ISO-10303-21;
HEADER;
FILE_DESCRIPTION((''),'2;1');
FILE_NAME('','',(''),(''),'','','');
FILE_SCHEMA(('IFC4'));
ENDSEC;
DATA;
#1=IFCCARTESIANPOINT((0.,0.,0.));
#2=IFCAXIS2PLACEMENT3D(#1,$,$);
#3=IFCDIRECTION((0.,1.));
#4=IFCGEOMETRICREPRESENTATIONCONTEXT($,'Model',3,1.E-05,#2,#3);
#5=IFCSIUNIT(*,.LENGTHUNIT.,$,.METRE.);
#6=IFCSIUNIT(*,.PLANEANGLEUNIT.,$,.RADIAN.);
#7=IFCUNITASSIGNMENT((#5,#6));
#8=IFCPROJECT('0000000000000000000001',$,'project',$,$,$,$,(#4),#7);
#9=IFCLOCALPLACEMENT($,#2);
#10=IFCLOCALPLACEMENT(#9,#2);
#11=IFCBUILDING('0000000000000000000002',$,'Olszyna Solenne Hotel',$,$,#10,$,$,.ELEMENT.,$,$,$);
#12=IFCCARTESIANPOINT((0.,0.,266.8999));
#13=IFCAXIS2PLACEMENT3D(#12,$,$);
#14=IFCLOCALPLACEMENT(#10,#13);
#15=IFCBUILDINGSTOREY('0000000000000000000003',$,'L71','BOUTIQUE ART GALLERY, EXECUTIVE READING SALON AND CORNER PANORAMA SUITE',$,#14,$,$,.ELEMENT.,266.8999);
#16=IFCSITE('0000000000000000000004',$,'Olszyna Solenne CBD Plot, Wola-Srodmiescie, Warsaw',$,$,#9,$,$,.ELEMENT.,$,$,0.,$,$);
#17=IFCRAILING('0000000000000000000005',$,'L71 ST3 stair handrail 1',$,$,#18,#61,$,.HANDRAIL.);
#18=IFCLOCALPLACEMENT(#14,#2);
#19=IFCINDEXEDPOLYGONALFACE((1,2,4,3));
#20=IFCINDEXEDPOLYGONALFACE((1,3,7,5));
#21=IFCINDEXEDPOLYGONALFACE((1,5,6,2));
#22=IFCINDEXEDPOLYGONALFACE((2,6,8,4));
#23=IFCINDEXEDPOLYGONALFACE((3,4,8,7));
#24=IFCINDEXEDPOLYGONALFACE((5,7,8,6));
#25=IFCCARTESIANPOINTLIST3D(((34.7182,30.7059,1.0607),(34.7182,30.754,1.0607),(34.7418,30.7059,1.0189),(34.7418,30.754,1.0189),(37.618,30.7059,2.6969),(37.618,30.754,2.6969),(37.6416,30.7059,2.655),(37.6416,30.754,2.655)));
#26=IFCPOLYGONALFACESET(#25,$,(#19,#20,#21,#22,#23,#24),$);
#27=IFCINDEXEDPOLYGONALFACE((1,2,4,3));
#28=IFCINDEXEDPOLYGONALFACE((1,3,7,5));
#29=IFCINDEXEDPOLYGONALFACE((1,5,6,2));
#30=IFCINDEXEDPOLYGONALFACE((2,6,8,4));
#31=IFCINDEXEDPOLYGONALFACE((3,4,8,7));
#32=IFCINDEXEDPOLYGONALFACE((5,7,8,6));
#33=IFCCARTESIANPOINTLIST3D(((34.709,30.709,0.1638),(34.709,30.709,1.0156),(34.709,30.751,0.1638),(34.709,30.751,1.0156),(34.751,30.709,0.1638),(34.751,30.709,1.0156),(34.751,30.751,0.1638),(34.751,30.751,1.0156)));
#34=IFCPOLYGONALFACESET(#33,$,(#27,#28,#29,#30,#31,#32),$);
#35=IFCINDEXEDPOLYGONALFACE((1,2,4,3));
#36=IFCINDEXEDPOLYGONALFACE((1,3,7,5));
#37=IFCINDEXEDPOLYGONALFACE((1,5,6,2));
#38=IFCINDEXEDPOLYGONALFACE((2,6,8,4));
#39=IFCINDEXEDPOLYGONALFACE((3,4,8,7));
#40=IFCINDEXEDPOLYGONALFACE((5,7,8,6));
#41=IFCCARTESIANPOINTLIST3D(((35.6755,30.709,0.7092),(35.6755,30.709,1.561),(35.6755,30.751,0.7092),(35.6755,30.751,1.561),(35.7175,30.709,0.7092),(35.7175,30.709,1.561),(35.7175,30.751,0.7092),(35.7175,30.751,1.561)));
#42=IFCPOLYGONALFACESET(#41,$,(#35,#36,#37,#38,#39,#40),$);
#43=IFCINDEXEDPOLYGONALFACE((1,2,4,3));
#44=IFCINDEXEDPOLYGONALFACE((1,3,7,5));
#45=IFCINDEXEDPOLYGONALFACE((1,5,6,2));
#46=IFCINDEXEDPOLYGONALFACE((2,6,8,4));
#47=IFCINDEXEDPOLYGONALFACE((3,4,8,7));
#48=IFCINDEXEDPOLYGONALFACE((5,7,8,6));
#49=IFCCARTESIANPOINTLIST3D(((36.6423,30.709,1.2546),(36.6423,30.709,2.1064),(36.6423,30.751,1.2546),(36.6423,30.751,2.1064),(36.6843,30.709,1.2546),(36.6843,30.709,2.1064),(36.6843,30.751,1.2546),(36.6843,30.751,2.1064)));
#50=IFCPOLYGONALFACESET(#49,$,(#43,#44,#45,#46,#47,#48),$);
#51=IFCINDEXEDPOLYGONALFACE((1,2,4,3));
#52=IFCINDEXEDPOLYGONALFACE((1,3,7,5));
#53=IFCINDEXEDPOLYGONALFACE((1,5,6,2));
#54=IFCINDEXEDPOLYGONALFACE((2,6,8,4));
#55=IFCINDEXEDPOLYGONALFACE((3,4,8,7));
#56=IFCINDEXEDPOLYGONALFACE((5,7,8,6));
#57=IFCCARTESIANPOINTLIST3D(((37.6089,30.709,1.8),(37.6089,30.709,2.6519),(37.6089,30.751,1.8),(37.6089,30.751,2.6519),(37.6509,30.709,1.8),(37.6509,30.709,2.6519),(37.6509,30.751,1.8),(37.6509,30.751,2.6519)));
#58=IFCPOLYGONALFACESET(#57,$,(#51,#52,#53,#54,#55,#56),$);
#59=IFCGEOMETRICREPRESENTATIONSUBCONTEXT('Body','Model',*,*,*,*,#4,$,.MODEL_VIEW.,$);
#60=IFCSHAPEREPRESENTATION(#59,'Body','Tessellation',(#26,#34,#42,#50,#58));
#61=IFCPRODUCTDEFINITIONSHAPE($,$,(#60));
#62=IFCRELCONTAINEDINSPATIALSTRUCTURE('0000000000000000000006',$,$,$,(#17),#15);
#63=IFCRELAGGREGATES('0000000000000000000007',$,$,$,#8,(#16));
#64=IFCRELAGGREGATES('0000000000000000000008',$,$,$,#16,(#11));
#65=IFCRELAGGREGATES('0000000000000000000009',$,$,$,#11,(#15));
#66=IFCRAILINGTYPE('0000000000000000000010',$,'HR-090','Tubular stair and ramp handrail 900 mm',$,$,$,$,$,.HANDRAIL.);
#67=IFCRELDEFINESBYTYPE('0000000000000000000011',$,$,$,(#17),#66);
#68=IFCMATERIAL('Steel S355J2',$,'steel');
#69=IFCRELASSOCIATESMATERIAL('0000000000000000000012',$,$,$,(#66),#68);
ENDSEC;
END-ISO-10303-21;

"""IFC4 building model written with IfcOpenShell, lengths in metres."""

from ifc_helpers import new_model, si_unit, direction, frame, origin, origin_2d, place, context, subcontext, project, spatial, rectangle, extrude, material, type_object, element, save


model = new_model("IFC4")

# Units and contexts
model_context = context("Model", 3, precision=1e-05, world=origin(), true_north=direction((0.0, 1.0)))
body_context = subcontext(model_context, "Body", "Model", "MODEL_VIEW")
ifc_project = project(units=[si_unit("LENGTHUNIT", "METRE"), si_unit("PLANEANGLEUNIT", "RADIAN")], contexts=[model_context])

# Site, building, storey
site_placement = place(None, origin())
site = spatial("IfcSite", under=ifc_project, at=site_placement, Name="Olszyna Solenne CBD Plot, Wola-Srodmiescie, Warsaw", CompositionType="ELEMENT", RefElevation=0.0)
building_placement = place(site_placement, origin())
building = spatial("IfcBuilding", under=site, at=building_placement, Name="Olszyna Solenne Hotel", CompositionType="ELEMENT")
storey_placement = place(building_placement, frame((0.0, 0.0, 266.8999)))
storey = spatial("IfcBuildingStorey", under=building, at=storey_placement, Name="L71", Description="BOUTIQUE ART GALLERY, EXECUTIVE READING SALON AND CORNER PANORAMA SUITE", CompositionType="ELEMENT", Elevation=266.8999)

# Shared definitions
ifc_material_1 = material(Name="Steel S355J2", Category="steel")

# Railing
railing_type_1 = type_object("IfcRailingType", Name="HR-090", Description="Tubular stair and ramp handrail 900 mm", PredefinedType="HANDRAIL", material=ifc_material_1)
railing_1_placement = place(storey_placement, frame((34.73, 30.73, 0.1638)))
element("IfcRailing", 1, at=railing_1_placement, inside=storey, type_object=railing_type_1, Name="L71 ST3 stair handrail 1", PredefinedType="HANDRAIL", context=body_context, shape_type="SweptSolid", body=[
    extrude(rectangle(XDim=0.0481, YDim=0.0481, at=origin_2d()), frame((0.0, 0.0, 0.876), z_axis=(0.870929, 0.0, 0.49141), x_axis=(0.0, 1.0, 0.0)), (0.0, 0.0, 1.0), 3.3296),
    extrude(rectangle(XDim=0.042, YDim=0.042, at=origin_2d()), origin(), (0.0, 0.0, 1.0), 0.8518),
    extrude(rectangle(XDim=0.042, YDim=0.042, at=origin_2d()), frame((0.9666, 0.0, 0.5454)), (0.0, 0.0, 1.0), 0.8518),
    extrude(rectangle(XDim=0.042, YDim=0.042, at=origin_2d()), frame((1.9333, 0.0, 1.0908)), (0.0, 0.0, 1.0), 0.8518),
    extrude(rectangle(XDim=0.042, YDim=0.042, at=origin_2d()), frame((2.8999, 0.0, 1.6362)), (0.0, 0.0, 1.0), 0.8518),
])

save(model, "model.ifc")
